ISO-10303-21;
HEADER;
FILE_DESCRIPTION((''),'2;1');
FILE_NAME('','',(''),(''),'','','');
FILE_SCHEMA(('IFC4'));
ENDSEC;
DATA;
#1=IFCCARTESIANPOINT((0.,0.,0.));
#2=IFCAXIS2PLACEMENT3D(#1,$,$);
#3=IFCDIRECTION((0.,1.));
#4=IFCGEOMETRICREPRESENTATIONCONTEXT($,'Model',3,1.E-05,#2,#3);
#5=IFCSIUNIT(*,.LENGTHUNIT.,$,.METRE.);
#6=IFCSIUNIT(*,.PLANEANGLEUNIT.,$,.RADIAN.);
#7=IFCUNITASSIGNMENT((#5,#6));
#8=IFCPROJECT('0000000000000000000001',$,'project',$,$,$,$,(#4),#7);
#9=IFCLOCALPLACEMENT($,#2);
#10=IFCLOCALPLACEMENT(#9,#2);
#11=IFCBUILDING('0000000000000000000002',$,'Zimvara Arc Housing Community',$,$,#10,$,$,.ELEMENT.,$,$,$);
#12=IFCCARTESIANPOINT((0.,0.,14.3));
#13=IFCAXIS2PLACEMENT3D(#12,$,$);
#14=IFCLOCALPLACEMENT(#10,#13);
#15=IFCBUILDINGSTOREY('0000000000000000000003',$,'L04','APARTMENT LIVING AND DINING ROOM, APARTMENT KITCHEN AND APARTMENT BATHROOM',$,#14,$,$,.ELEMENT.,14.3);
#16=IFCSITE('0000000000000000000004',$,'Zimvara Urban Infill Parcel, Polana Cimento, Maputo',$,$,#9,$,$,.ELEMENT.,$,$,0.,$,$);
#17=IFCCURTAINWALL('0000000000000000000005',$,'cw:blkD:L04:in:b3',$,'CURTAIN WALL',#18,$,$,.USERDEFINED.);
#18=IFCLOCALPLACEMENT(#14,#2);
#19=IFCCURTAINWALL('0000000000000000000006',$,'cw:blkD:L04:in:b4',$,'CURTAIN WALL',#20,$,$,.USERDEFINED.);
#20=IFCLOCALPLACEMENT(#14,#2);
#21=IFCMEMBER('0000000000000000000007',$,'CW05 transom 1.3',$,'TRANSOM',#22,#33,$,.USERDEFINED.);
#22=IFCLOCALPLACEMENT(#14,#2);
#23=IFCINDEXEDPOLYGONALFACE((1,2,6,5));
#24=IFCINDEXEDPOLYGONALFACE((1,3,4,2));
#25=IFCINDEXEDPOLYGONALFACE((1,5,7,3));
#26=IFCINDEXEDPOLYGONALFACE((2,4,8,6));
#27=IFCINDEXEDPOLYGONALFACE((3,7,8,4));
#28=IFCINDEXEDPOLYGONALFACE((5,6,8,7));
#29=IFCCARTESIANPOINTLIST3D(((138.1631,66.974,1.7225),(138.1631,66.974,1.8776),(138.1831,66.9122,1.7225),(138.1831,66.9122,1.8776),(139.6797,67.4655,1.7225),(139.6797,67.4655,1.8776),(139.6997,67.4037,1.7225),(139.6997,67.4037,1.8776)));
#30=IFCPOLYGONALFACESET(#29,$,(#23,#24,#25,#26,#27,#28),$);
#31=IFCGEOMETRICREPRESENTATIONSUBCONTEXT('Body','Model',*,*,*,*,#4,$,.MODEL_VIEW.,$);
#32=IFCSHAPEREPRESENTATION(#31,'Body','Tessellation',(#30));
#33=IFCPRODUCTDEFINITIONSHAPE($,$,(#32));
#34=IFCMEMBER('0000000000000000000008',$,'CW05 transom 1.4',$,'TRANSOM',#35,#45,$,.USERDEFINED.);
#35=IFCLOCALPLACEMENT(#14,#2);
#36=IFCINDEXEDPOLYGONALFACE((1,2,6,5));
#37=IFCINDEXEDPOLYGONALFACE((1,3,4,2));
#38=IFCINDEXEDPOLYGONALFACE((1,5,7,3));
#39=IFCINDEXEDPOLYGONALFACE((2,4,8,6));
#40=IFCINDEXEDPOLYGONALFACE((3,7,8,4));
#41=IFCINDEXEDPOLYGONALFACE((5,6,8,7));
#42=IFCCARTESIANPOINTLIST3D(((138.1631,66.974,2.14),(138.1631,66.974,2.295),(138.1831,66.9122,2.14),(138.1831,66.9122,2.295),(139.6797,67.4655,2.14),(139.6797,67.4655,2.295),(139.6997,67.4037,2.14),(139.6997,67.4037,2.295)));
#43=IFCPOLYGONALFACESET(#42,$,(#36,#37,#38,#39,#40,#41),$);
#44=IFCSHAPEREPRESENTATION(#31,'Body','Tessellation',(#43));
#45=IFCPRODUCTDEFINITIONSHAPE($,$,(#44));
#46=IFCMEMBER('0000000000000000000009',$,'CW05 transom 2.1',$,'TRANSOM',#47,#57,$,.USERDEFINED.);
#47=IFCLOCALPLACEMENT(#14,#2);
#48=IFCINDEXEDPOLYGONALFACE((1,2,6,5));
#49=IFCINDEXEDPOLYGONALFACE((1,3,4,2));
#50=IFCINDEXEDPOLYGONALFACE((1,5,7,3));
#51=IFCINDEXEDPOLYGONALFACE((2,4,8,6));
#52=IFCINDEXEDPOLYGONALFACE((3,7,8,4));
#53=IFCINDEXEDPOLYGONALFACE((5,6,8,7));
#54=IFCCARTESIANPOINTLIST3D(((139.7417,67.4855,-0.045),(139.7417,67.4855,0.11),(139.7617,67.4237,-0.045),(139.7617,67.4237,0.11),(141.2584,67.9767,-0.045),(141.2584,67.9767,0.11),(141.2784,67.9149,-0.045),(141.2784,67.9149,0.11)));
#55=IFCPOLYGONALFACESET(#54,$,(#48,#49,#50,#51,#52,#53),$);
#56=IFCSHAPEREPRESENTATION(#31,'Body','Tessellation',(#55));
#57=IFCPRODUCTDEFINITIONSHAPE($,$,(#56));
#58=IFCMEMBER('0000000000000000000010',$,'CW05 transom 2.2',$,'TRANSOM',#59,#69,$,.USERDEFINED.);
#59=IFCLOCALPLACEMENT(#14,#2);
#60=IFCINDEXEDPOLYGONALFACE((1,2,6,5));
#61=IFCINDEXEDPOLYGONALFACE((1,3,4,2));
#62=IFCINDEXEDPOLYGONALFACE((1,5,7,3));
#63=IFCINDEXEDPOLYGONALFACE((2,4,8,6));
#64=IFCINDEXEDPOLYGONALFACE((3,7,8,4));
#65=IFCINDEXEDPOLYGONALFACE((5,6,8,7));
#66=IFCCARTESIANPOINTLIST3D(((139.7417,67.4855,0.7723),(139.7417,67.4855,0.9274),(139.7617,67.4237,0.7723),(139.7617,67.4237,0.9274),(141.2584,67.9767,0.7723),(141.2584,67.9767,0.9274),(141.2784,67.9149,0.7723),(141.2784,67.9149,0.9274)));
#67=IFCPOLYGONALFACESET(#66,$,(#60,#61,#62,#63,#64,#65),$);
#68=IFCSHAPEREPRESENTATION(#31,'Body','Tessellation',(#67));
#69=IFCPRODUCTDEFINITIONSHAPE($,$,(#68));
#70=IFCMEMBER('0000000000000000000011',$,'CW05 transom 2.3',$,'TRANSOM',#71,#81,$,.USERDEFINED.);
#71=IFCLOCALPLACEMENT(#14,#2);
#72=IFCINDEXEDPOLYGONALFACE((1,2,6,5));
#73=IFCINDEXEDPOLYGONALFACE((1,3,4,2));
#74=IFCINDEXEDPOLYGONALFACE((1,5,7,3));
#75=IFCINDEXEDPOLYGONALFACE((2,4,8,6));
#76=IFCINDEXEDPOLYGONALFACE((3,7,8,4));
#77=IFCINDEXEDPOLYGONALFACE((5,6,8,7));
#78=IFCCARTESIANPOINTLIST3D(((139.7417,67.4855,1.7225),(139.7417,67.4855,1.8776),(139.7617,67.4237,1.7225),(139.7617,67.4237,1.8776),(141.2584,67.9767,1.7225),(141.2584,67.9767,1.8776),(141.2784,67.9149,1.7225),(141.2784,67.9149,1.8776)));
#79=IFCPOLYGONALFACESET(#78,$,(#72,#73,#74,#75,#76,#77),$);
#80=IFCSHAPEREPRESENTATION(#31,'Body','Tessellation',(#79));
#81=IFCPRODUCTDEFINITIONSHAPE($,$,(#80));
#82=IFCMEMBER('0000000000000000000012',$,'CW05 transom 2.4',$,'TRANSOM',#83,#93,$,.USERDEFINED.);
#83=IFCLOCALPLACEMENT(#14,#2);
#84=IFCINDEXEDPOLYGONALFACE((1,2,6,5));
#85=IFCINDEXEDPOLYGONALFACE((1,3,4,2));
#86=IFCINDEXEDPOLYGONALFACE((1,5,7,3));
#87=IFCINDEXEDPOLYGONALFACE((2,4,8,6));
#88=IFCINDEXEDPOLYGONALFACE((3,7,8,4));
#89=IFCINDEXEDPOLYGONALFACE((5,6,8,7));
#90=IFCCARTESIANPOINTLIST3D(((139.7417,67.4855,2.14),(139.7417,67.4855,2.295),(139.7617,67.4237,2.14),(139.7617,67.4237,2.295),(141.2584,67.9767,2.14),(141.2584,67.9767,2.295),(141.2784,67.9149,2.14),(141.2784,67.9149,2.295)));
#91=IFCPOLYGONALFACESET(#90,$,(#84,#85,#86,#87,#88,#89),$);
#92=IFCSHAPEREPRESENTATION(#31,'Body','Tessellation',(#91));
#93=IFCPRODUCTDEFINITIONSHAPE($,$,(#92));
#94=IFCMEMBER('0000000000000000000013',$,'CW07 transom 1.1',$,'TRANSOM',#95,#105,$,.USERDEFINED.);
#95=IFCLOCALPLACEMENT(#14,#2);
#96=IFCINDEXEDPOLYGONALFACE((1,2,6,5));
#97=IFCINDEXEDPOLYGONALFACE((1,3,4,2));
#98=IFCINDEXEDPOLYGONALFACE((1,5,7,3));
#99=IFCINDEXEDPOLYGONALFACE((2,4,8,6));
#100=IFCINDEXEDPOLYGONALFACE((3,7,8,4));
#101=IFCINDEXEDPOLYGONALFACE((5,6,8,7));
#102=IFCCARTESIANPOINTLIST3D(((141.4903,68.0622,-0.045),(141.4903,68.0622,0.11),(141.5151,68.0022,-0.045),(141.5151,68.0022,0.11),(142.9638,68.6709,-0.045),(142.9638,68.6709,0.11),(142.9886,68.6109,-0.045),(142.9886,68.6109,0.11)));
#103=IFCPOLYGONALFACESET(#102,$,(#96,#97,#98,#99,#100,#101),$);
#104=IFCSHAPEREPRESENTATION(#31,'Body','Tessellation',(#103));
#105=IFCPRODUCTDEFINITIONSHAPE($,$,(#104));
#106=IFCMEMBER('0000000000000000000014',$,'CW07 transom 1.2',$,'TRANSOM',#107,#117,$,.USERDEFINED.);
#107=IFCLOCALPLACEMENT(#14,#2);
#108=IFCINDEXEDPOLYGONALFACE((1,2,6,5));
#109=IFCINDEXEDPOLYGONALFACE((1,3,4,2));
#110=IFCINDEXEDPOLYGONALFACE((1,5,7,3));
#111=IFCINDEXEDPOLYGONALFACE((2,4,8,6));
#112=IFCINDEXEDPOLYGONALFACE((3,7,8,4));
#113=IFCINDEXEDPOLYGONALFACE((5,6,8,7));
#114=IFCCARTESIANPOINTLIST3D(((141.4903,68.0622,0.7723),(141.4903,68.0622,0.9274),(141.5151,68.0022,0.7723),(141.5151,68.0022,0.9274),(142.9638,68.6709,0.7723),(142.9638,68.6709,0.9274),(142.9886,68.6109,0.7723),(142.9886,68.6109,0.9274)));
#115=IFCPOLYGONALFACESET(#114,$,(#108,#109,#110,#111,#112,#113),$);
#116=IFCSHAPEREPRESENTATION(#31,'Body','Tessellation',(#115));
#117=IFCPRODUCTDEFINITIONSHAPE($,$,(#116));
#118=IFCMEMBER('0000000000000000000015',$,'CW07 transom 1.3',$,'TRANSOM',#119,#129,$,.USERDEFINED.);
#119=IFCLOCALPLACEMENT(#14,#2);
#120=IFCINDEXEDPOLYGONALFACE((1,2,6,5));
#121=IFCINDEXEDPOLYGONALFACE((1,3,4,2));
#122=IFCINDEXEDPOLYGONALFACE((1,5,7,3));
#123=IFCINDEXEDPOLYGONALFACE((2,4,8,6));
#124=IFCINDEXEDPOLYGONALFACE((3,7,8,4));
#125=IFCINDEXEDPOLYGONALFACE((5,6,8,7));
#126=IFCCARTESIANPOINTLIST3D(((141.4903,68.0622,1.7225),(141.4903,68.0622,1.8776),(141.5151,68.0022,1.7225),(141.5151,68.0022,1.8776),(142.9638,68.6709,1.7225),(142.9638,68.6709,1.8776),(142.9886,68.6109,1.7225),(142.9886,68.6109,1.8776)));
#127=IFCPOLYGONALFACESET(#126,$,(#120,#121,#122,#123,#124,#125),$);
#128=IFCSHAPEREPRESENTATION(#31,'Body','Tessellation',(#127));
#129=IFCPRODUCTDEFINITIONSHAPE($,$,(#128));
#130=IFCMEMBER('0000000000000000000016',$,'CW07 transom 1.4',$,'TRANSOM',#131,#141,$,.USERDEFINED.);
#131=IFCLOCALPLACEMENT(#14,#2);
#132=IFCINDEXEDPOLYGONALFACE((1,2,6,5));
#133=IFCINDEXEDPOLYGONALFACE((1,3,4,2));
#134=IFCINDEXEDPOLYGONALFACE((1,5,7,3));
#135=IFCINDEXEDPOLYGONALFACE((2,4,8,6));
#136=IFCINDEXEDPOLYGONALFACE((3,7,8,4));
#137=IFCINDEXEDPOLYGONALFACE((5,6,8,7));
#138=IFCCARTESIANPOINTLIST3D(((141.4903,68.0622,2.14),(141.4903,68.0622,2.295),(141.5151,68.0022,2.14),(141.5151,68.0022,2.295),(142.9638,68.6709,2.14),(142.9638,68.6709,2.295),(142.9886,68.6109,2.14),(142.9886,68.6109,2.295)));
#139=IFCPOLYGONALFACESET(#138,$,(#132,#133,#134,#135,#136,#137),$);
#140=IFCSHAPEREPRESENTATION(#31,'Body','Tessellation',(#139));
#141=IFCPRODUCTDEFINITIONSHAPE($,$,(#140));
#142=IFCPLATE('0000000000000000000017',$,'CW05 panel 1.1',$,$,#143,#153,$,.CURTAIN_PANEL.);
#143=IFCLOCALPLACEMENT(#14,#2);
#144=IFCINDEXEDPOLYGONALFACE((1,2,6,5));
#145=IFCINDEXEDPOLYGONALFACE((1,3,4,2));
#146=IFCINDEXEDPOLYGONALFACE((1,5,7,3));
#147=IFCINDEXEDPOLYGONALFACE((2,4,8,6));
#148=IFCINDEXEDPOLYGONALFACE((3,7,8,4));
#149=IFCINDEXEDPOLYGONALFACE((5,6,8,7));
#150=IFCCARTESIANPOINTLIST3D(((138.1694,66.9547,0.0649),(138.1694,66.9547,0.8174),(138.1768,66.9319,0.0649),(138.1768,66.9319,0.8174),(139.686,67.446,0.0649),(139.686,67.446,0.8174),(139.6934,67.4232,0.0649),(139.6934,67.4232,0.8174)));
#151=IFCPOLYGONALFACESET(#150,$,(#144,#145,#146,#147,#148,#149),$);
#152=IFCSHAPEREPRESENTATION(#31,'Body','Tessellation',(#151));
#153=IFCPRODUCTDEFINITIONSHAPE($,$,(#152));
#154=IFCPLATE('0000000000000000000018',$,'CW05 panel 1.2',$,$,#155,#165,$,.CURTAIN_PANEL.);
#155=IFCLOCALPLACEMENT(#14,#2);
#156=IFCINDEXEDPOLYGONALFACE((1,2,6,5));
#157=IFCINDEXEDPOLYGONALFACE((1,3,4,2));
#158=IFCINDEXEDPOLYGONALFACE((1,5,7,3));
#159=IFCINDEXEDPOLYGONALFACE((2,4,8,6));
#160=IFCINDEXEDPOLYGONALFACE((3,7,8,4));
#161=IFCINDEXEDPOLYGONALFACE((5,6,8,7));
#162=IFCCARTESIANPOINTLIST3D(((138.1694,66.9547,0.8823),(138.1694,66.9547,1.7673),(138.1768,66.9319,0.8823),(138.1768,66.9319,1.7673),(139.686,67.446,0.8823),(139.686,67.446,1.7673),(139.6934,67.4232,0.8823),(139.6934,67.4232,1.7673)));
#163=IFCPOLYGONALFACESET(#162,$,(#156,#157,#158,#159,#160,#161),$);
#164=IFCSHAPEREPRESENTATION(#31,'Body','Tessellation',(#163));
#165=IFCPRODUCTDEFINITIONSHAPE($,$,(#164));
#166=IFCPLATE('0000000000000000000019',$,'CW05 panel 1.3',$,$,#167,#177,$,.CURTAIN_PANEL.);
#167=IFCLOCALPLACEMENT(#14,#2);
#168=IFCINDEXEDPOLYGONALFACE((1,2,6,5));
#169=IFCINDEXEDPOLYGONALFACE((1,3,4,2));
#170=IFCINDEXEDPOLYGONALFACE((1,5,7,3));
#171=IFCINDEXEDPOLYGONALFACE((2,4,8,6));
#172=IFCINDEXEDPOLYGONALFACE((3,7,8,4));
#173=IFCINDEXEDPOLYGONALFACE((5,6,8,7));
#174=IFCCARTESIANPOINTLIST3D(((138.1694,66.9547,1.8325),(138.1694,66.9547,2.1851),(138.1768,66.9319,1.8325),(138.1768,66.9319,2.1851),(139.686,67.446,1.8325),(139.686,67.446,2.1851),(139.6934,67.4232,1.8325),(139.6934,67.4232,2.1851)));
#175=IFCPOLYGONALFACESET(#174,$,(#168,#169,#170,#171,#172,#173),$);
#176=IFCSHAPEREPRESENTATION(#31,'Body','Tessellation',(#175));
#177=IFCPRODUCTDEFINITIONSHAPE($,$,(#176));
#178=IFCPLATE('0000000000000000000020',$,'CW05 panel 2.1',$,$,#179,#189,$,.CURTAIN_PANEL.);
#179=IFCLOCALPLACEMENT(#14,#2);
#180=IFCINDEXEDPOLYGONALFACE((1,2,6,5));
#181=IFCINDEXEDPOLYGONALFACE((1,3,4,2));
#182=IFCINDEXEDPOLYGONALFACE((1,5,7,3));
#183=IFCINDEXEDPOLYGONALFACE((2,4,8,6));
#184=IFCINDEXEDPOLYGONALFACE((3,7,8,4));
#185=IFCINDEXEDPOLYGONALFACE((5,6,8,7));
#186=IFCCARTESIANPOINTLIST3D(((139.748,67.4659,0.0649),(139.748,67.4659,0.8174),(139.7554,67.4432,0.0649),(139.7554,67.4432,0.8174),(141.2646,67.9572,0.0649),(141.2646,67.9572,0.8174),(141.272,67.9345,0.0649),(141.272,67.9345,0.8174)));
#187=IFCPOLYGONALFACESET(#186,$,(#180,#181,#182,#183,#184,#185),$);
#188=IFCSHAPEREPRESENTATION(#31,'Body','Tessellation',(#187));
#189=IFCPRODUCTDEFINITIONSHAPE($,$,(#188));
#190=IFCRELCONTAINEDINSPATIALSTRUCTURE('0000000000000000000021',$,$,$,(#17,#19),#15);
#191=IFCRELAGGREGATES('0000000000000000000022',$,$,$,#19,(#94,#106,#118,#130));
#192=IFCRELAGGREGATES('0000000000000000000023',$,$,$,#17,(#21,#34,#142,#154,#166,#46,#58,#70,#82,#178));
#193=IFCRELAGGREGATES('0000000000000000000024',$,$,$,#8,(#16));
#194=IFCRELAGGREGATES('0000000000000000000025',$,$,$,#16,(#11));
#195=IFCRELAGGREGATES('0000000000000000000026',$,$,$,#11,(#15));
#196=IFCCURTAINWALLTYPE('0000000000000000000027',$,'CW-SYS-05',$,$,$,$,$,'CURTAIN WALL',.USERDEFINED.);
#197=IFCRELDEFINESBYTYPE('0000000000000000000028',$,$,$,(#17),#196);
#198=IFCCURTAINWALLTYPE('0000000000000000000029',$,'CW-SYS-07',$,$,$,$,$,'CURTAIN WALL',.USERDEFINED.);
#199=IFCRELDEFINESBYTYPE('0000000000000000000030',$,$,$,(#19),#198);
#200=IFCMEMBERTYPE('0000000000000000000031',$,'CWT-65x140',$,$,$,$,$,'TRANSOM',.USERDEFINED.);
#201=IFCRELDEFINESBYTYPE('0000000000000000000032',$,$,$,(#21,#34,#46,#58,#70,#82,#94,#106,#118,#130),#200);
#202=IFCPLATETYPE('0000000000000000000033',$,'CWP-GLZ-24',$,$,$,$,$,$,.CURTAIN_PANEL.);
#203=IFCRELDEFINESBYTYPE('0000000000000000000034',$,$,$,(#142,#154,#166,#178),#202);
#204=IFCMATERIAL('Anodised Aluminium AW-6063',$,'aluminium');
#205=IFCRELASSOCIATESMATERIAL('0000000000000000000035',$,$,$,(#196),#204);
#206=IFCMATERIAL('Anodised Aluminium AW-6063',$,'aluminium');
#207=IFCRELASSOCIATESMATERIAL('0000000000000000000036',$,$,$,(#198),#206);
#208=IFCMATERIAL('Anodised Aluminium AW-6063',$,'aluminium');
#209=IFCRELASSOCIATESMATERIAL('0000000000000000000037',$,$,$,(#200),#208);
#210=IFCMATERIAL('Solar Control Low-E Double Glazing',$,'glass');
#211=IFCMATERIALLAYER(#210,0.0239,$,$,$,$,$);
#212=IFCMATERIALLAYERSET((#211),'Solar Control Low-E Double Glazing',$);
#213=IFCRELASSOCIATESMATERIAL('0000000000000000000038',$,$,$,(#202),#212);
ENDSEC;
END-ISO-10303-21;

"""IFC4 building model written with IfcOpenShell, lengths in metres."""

from ifc_helpers import new_model, si_unit, direction, frame, origin, origin_2d, place, context, subcontext, project, spatial, rectangle, extrude, material, layer, layer_set, material_profile, profile_set, type_object, element, aggregate, save


model = new_model("IFC4")

# Units and contexts
model_context = context("Model", 3, precision=1e-05, world=origin(), true_north=direction((0.0, 1.0)))
body_context = subcontext(model_context, "Body", "Model", "MODEL_VIEW")
ifc_project = project(units=[si_unit("LENGTHUNIT", "METRE"), si_unit("PLANEANGLEUNIT", "RADIAN")], contexts=[model_context])

# Site, building, storey
site_placement = place(None, origin())
site = spatial("IfcSite", under=ifc_project, at=site_placement, Name="Zimvara Urban Infill Parcel, Polana Cimento, Maputo", CompositionType="ELEMENT", RefElevation=0.0)
building_placement = place(site_placement, origin())
building = spatial("IfcBuilding", under=site, at=building_placement, Name="Zimvara Arc Housing Community", CompositionType="ELEMENT")
storey_placement = place(building_placement, frame((0.0, 0.0, 14.3)))
storey = spatial("IfcBuildingStorey", under=building, at=storey_placement, Name="L04", Description="APARTMENT LIVING AND DINING ROOM, APARTMENT KITCHEN AND APARTMENT BATHROOM", CompositionType="ELEMENT", Elevation=14.3)

# Curtain wall
ifc_material_1 = material(Name="Anodised Aluminium AW-6063", Category="aluminium")
curtain_wall_type_1 = type_object("IfcCurtainWallType", Name="CW-SYS-05", ElementType="CURTAIN WALL", PredefinedType="USERDEFINED", material=ifc_material_1)
curtain_wall_1_placement = place(storey_placement, origin())
curtain_wall_1 = element("IfcCurtainWall", 1, at=curtain_wall_1_placement, inside=storey, type_object=curtain_wall_type_1, Name="cw:blkD:L04:in:b3", ObjectType="CURTAIN WALL", PredefinedType="USERDEFINED")

# Curtain wall
ifc_material_2 = material(Name="Anodised Aluminium AW-6063", Category="aluminium")
curtain_wall_type_2 = type_object("IfcCurtainWallType", Name="CW-SYS-07", ElementType="CURTAIN WALL", PredefinedType="USERDEFINED", material=ifc_material_2)
curtain_wall_2_placement = place(storey_placement, origin())
curtain_wall_2 = element("IfcCurtainWall", 2, at=curtain_wall_2_placement, inside=storey, type_object=curtain_wall_type_2, Name="cw:blkD:L04:in:b4", ObjectType="CURTAIN WALL", PredefinedType="USERDEFINED")

# Members
ifc_material_3 = material(Name="Anodised Aluminium AW-6063", Category="aluminium")
ifc_material_profile_1 = material_profile(ifc_material_3, rectangle(XDim=0.0649, YDim=0.155, at=origin_2d()), Name="ALU 65x155")
ifc_profile_set_1 = profile_set([ifc_material_profile_1], Name="Anodised Aluminium AW-6063")
member_type_1 = type_object("IfcMemberType", Name="CWT-65x140", ElementType="TRANSOM", PredefinedType="USERDEFINED", material=ifc_profile_set_1)
member_1_placement = place(storey_placement, frame((138.1731, 66.9431, 1.8), z_axis=(0.951299, 0.308269, 0.0), x_axis=(-0.308269, 0.951299, 0.0)))
member_1 = element("IfcMember", 3, at=member_1_placement, type_object=member_type_1, Name="CW05 transom 1.3", ObjectType="TRANSOM", PredefinedType="USERDEFINED", context=body_context, shape_type="SweptSolid", body=[
    extrude(rectangle(XDim=0.0649, YDim=0.155, at=origin_2d()), origin(), (0.0, 0.0, 1.0), 1.5942),
])
member_2_placement = place(storey_placement, frame((138.1731, 66.9431, 2.2175), z_axis=(0.951299, 0.308269, 0.0), x_axis=(-0.308269, 0.951299, 0.0)))
member_2 = element("IfcMember", 4, at=member_2_placement, type_object=member_type_1, Name="CW05 transom 1.4", ObjectType="TRANSOM", PredefinedType="USERDEFINED", context=body_context, shape_type="SweptSolid", body=[
    extrude(rectangle(XDim=0.0649, YDim=0.155, at=origin_2d()), origin(), (0.0, 0.0, 1.0), 1.5942),
])
member_3_placement = place(storey_placement, frame((139.7517, 67.4546, 0.0325), z_axis=(0.951344, 0.30813, 0.0), x_axis=(-0.30813, 0.951344, 0.0)))
member_3 = element("IfcMember", 5, at=member_3_placement, type_object=member_type_1, Name="CW05 transom 2.1", ObjectType="TRANSOM", PredefinedType="USERDEFINED", context=body_context, shape_type="SweptSolid", body=[
    extrude(rectangle(XDim=0.0649, YDim=0.155, at=origin_2d()), origin(), (0.0, 0.0, 1.0), 1.5942),
])
member_4_placement = place(storey_placement, frame((139.7517, 67.4546, 0.8499), z_axis=(0.951344, 0.30813, 0.0), x_axis=(-0.30813, 0.951344, 0.0)))
member_4 = element("IfcMember", 6, at=member_4_placement, type_object=member_type_1, Name="CW05 transom 2.2", ObjectType="TRANSOM", PredefinedType="USERDEFINED", context=body_context, shape_type="SweptSolid", body=[
    extrude(rectangle(XDim=0.0649, YDim=0.155, at=origin_2d()), origin(), (0.0, 0.0, 1.0), 1.5942),
])
member_5_placement = place(storey_placement, frame((139.7517, 67.4546, 1.8), z_axis=(0.951344, 0.30813, 0.0), x_axis=(-0.30813, 0.951344, 0.0)))
member_5 = element("IfcMember", 7, at=member_5_placement, type_object=member_type_1, Name="CW05 transom 2.3", ObjectType="TRANSOM", PredefinedType="USERDEFINED", context=body_context, shape_type="SweptSolid", body=[
    extrude(rectangle(XDim=0.0649, YDim=0.155, at=origin_2d()), origin(), (0.0, 0.0, 1.0), 1.5942),
])
member_6_placement = place(storey_placement, frame((139.7517, 67.4546, 2.2175), z_axis=(0.951344, 0.30813, 0.0), x_axis=(-0.30813, 0.951344, 0.0)))
member_6 = element("IfcMember", 8, at=member_6_placement, type_object=member_type_1, Name="CW05 transom 2.4", ObjectType="TRANSOM", PredefinedType="USERDEFINED", context=body_context, shape_type="SweptSolid", body=[
    extrude(rectangle(XDim=0.0649, YDim=0.155, at=origin_2d()), origin(), (0.0, 0.0, 1.0), 1.5942),
])
member_7_placement = place(storey_placement, frame((141.5027, 68.0322, 0.0325), z_axis=(0.924246, 0.381797, 0.0), x_axis=(-0.381797, 0.924246, 0.0)))
member_7 = element("IfcMember", 9, at=member_7_placement, type_object=member_type_1, Name="CW07 transom 1.1", ObjectType="TRANSOM", PredefinedType="USERDEFINED", context=body_context, shape_type="SweptSolid", body=[
    extrude(rectangle(XDim=0.0649, YDim=0.155, at=origin_2d()), origin(), (0.0, 0.0, 1.0), 1.5942),
])
member_8_placement = place(storey_placement, frame((141.5027, 68.0322, 0.8499), z_axis=(0.924246, 0.381797, 0.0), x_axis=(-0.381797, 0.924246, 0.0)))
member_8 = element("IfcMember", 10, at=member_8_placement, type_object=member_type_1, Name="CW07 transom 1.2", ObjectType="TRANSOM", PredefinedType="USERDEFINED", context=body_context, shape_type="SweptSolid", body=[
    extrude(rectangle(XDim=0.0649, YDim=0.155, at=origin_2d()), origin(), (0.0, 0.0, 1.0), 1.5942),
])
member_9_placement = place(storey_placement, frame((141.5027, 68.0322, 1.8), z_axis=(0.924246, 0.381797, 0.0), x_axis=(-0.381797, 0.924246, 0.0)))
member_9 = element("IfcMember", 11, at=member_9_placement, type_object=member_type_1, Name="CW07 transom 1.3", ObjectType="TRANSOM", PredefinedType="USERDEFINED", context=body_context, shape_type="SweptSolid", body=[
    extrude(rectangle(XDim=0.0649, YDim=0.155, at=origin_2d()), origin(), (0.0, 0.0, 1.0), 1.5942),
])
member_10_placement = place(storey_placement, frame((141.5027, 68.0322, 2.2175), z_axis=(0.924246, 0.381797, 0.0), x_axis=(-0.381797, 0.924246, 0.0)))
member_10 = element("IfcMember", 12, at=member_10_placement, type_object=member_type_1, Name="CW07 transom 1.4", ObjectType="TRANSOM", PredefinedType="USERDEFINED", context=body_context, shape_type="SweptSolid", body=[
    extrude(rectangle(XDim=0.0649, YDim=0.155, at=origin_2d()), origin(), (0.0, 0.0, 1.0), 1.5942),
])
aggregate(curtain_wall_2, [member_7, member_8, member_9, member_10])

# Plates
ifc_material_4 = material(Name="Solar Control Low-E Double Glazing", Category="glass")
ifc_layer = layer(ifc_material_4, 0.0239)
ifc_layer_set = layer_set([ifc_layer], Name="Solar Control Low-E Double Glazing")
plate_type = type_object("IfcPlateType", Name="CWP-GLZ-24", PredefinedType="CURTAIN_PANEL", material=ifc_layer_set)
plate_1_placement = place(storey_placement, frame((138.9314, 67.189, 0.0649), z_axis=(0.0, 0.0, 1.0), x_axis=(0.951326, 0.308185, 0.0)))
plate_1 = element("IfcPlate", 13, at=plate_1_placement, type_object=plate_type, Name="CW05 panel 1.1", PredefinedType="CURTAIN_PANEL", context=body_context, shape_type="SweptSolid", body=[
    extrude(rectangle(XDim=1.5942, YDim=0.0239, at=origin_2d()), origin(), (0.0, 0.0, 1.0), 0.7524),
])
plate_2_placement = place(storey_placement, frame((138.9314, 67.189, 0.8823), z_axis=(0.0, 0.0, 1.0), x_axis=(0.951326, 0.308185, 0.0)))
plate_2 = element("IfcPlate", 14, at=plate_2_placement, type_object=plate_type, Name="CW05 panel 1.2", PredefinedType="CURTAIN_PANEL", context=body_context, shape_type="SweptSolid", body=[
    extrude(rectangle(XDim=1.5942, YDim=0.0239, at=origin_2d()), origin(), (0.0, 0.0, 1.0), 0.885),
])
plate_3_placement = place(storey_placement, frame((138.9314, 67.189, 1.8325), z_axis=(0.0, 0.0, 1.0), x_axis=(0.951326, 0.308185, 0.0)))
plate_3 = element("IfcPlate", 15, at=plate_3_placement, type_object=plate_type, Name="CW05 panel 1.3", PredefinedType="CURTAIN_PANEL", context=body_context, shape_type="SweptSolid", body=[
    extrude(rectangle(XDim=1.5942, YDim=0.0239, at=origin_2d()), origin(), (0.0, 0.0, 1.0), 0.3525),
])
plate_4_placement = place(storey_placement, frame((140.51, 67.7002, 0.0649), z_axis=(0.0, 0.0, 1.0), x_axis=(0.951326, 0.308185, 0.0)))
plate_4 = element("IfcPlate", 16, at=plate_4_placement, type_object=plate_type, Name="CW05 panel 2.1", PredefinedType="CURTAIN_PANEL", context=body_context, shape_type="SweptSolid", body=[
    extrude(rectangle(XDim=1.5942, YDim=0.0239, at=origin_2d()), origin(), (0.0, 0.0, 1.0), 0.7524),
])
aggregate(curtain_wall_1, [member_1, member_2, plate_1, plate_2, plate_3, member_3, member_4, member_5, member_6, plate_4])

save(model, "model.ifc")
